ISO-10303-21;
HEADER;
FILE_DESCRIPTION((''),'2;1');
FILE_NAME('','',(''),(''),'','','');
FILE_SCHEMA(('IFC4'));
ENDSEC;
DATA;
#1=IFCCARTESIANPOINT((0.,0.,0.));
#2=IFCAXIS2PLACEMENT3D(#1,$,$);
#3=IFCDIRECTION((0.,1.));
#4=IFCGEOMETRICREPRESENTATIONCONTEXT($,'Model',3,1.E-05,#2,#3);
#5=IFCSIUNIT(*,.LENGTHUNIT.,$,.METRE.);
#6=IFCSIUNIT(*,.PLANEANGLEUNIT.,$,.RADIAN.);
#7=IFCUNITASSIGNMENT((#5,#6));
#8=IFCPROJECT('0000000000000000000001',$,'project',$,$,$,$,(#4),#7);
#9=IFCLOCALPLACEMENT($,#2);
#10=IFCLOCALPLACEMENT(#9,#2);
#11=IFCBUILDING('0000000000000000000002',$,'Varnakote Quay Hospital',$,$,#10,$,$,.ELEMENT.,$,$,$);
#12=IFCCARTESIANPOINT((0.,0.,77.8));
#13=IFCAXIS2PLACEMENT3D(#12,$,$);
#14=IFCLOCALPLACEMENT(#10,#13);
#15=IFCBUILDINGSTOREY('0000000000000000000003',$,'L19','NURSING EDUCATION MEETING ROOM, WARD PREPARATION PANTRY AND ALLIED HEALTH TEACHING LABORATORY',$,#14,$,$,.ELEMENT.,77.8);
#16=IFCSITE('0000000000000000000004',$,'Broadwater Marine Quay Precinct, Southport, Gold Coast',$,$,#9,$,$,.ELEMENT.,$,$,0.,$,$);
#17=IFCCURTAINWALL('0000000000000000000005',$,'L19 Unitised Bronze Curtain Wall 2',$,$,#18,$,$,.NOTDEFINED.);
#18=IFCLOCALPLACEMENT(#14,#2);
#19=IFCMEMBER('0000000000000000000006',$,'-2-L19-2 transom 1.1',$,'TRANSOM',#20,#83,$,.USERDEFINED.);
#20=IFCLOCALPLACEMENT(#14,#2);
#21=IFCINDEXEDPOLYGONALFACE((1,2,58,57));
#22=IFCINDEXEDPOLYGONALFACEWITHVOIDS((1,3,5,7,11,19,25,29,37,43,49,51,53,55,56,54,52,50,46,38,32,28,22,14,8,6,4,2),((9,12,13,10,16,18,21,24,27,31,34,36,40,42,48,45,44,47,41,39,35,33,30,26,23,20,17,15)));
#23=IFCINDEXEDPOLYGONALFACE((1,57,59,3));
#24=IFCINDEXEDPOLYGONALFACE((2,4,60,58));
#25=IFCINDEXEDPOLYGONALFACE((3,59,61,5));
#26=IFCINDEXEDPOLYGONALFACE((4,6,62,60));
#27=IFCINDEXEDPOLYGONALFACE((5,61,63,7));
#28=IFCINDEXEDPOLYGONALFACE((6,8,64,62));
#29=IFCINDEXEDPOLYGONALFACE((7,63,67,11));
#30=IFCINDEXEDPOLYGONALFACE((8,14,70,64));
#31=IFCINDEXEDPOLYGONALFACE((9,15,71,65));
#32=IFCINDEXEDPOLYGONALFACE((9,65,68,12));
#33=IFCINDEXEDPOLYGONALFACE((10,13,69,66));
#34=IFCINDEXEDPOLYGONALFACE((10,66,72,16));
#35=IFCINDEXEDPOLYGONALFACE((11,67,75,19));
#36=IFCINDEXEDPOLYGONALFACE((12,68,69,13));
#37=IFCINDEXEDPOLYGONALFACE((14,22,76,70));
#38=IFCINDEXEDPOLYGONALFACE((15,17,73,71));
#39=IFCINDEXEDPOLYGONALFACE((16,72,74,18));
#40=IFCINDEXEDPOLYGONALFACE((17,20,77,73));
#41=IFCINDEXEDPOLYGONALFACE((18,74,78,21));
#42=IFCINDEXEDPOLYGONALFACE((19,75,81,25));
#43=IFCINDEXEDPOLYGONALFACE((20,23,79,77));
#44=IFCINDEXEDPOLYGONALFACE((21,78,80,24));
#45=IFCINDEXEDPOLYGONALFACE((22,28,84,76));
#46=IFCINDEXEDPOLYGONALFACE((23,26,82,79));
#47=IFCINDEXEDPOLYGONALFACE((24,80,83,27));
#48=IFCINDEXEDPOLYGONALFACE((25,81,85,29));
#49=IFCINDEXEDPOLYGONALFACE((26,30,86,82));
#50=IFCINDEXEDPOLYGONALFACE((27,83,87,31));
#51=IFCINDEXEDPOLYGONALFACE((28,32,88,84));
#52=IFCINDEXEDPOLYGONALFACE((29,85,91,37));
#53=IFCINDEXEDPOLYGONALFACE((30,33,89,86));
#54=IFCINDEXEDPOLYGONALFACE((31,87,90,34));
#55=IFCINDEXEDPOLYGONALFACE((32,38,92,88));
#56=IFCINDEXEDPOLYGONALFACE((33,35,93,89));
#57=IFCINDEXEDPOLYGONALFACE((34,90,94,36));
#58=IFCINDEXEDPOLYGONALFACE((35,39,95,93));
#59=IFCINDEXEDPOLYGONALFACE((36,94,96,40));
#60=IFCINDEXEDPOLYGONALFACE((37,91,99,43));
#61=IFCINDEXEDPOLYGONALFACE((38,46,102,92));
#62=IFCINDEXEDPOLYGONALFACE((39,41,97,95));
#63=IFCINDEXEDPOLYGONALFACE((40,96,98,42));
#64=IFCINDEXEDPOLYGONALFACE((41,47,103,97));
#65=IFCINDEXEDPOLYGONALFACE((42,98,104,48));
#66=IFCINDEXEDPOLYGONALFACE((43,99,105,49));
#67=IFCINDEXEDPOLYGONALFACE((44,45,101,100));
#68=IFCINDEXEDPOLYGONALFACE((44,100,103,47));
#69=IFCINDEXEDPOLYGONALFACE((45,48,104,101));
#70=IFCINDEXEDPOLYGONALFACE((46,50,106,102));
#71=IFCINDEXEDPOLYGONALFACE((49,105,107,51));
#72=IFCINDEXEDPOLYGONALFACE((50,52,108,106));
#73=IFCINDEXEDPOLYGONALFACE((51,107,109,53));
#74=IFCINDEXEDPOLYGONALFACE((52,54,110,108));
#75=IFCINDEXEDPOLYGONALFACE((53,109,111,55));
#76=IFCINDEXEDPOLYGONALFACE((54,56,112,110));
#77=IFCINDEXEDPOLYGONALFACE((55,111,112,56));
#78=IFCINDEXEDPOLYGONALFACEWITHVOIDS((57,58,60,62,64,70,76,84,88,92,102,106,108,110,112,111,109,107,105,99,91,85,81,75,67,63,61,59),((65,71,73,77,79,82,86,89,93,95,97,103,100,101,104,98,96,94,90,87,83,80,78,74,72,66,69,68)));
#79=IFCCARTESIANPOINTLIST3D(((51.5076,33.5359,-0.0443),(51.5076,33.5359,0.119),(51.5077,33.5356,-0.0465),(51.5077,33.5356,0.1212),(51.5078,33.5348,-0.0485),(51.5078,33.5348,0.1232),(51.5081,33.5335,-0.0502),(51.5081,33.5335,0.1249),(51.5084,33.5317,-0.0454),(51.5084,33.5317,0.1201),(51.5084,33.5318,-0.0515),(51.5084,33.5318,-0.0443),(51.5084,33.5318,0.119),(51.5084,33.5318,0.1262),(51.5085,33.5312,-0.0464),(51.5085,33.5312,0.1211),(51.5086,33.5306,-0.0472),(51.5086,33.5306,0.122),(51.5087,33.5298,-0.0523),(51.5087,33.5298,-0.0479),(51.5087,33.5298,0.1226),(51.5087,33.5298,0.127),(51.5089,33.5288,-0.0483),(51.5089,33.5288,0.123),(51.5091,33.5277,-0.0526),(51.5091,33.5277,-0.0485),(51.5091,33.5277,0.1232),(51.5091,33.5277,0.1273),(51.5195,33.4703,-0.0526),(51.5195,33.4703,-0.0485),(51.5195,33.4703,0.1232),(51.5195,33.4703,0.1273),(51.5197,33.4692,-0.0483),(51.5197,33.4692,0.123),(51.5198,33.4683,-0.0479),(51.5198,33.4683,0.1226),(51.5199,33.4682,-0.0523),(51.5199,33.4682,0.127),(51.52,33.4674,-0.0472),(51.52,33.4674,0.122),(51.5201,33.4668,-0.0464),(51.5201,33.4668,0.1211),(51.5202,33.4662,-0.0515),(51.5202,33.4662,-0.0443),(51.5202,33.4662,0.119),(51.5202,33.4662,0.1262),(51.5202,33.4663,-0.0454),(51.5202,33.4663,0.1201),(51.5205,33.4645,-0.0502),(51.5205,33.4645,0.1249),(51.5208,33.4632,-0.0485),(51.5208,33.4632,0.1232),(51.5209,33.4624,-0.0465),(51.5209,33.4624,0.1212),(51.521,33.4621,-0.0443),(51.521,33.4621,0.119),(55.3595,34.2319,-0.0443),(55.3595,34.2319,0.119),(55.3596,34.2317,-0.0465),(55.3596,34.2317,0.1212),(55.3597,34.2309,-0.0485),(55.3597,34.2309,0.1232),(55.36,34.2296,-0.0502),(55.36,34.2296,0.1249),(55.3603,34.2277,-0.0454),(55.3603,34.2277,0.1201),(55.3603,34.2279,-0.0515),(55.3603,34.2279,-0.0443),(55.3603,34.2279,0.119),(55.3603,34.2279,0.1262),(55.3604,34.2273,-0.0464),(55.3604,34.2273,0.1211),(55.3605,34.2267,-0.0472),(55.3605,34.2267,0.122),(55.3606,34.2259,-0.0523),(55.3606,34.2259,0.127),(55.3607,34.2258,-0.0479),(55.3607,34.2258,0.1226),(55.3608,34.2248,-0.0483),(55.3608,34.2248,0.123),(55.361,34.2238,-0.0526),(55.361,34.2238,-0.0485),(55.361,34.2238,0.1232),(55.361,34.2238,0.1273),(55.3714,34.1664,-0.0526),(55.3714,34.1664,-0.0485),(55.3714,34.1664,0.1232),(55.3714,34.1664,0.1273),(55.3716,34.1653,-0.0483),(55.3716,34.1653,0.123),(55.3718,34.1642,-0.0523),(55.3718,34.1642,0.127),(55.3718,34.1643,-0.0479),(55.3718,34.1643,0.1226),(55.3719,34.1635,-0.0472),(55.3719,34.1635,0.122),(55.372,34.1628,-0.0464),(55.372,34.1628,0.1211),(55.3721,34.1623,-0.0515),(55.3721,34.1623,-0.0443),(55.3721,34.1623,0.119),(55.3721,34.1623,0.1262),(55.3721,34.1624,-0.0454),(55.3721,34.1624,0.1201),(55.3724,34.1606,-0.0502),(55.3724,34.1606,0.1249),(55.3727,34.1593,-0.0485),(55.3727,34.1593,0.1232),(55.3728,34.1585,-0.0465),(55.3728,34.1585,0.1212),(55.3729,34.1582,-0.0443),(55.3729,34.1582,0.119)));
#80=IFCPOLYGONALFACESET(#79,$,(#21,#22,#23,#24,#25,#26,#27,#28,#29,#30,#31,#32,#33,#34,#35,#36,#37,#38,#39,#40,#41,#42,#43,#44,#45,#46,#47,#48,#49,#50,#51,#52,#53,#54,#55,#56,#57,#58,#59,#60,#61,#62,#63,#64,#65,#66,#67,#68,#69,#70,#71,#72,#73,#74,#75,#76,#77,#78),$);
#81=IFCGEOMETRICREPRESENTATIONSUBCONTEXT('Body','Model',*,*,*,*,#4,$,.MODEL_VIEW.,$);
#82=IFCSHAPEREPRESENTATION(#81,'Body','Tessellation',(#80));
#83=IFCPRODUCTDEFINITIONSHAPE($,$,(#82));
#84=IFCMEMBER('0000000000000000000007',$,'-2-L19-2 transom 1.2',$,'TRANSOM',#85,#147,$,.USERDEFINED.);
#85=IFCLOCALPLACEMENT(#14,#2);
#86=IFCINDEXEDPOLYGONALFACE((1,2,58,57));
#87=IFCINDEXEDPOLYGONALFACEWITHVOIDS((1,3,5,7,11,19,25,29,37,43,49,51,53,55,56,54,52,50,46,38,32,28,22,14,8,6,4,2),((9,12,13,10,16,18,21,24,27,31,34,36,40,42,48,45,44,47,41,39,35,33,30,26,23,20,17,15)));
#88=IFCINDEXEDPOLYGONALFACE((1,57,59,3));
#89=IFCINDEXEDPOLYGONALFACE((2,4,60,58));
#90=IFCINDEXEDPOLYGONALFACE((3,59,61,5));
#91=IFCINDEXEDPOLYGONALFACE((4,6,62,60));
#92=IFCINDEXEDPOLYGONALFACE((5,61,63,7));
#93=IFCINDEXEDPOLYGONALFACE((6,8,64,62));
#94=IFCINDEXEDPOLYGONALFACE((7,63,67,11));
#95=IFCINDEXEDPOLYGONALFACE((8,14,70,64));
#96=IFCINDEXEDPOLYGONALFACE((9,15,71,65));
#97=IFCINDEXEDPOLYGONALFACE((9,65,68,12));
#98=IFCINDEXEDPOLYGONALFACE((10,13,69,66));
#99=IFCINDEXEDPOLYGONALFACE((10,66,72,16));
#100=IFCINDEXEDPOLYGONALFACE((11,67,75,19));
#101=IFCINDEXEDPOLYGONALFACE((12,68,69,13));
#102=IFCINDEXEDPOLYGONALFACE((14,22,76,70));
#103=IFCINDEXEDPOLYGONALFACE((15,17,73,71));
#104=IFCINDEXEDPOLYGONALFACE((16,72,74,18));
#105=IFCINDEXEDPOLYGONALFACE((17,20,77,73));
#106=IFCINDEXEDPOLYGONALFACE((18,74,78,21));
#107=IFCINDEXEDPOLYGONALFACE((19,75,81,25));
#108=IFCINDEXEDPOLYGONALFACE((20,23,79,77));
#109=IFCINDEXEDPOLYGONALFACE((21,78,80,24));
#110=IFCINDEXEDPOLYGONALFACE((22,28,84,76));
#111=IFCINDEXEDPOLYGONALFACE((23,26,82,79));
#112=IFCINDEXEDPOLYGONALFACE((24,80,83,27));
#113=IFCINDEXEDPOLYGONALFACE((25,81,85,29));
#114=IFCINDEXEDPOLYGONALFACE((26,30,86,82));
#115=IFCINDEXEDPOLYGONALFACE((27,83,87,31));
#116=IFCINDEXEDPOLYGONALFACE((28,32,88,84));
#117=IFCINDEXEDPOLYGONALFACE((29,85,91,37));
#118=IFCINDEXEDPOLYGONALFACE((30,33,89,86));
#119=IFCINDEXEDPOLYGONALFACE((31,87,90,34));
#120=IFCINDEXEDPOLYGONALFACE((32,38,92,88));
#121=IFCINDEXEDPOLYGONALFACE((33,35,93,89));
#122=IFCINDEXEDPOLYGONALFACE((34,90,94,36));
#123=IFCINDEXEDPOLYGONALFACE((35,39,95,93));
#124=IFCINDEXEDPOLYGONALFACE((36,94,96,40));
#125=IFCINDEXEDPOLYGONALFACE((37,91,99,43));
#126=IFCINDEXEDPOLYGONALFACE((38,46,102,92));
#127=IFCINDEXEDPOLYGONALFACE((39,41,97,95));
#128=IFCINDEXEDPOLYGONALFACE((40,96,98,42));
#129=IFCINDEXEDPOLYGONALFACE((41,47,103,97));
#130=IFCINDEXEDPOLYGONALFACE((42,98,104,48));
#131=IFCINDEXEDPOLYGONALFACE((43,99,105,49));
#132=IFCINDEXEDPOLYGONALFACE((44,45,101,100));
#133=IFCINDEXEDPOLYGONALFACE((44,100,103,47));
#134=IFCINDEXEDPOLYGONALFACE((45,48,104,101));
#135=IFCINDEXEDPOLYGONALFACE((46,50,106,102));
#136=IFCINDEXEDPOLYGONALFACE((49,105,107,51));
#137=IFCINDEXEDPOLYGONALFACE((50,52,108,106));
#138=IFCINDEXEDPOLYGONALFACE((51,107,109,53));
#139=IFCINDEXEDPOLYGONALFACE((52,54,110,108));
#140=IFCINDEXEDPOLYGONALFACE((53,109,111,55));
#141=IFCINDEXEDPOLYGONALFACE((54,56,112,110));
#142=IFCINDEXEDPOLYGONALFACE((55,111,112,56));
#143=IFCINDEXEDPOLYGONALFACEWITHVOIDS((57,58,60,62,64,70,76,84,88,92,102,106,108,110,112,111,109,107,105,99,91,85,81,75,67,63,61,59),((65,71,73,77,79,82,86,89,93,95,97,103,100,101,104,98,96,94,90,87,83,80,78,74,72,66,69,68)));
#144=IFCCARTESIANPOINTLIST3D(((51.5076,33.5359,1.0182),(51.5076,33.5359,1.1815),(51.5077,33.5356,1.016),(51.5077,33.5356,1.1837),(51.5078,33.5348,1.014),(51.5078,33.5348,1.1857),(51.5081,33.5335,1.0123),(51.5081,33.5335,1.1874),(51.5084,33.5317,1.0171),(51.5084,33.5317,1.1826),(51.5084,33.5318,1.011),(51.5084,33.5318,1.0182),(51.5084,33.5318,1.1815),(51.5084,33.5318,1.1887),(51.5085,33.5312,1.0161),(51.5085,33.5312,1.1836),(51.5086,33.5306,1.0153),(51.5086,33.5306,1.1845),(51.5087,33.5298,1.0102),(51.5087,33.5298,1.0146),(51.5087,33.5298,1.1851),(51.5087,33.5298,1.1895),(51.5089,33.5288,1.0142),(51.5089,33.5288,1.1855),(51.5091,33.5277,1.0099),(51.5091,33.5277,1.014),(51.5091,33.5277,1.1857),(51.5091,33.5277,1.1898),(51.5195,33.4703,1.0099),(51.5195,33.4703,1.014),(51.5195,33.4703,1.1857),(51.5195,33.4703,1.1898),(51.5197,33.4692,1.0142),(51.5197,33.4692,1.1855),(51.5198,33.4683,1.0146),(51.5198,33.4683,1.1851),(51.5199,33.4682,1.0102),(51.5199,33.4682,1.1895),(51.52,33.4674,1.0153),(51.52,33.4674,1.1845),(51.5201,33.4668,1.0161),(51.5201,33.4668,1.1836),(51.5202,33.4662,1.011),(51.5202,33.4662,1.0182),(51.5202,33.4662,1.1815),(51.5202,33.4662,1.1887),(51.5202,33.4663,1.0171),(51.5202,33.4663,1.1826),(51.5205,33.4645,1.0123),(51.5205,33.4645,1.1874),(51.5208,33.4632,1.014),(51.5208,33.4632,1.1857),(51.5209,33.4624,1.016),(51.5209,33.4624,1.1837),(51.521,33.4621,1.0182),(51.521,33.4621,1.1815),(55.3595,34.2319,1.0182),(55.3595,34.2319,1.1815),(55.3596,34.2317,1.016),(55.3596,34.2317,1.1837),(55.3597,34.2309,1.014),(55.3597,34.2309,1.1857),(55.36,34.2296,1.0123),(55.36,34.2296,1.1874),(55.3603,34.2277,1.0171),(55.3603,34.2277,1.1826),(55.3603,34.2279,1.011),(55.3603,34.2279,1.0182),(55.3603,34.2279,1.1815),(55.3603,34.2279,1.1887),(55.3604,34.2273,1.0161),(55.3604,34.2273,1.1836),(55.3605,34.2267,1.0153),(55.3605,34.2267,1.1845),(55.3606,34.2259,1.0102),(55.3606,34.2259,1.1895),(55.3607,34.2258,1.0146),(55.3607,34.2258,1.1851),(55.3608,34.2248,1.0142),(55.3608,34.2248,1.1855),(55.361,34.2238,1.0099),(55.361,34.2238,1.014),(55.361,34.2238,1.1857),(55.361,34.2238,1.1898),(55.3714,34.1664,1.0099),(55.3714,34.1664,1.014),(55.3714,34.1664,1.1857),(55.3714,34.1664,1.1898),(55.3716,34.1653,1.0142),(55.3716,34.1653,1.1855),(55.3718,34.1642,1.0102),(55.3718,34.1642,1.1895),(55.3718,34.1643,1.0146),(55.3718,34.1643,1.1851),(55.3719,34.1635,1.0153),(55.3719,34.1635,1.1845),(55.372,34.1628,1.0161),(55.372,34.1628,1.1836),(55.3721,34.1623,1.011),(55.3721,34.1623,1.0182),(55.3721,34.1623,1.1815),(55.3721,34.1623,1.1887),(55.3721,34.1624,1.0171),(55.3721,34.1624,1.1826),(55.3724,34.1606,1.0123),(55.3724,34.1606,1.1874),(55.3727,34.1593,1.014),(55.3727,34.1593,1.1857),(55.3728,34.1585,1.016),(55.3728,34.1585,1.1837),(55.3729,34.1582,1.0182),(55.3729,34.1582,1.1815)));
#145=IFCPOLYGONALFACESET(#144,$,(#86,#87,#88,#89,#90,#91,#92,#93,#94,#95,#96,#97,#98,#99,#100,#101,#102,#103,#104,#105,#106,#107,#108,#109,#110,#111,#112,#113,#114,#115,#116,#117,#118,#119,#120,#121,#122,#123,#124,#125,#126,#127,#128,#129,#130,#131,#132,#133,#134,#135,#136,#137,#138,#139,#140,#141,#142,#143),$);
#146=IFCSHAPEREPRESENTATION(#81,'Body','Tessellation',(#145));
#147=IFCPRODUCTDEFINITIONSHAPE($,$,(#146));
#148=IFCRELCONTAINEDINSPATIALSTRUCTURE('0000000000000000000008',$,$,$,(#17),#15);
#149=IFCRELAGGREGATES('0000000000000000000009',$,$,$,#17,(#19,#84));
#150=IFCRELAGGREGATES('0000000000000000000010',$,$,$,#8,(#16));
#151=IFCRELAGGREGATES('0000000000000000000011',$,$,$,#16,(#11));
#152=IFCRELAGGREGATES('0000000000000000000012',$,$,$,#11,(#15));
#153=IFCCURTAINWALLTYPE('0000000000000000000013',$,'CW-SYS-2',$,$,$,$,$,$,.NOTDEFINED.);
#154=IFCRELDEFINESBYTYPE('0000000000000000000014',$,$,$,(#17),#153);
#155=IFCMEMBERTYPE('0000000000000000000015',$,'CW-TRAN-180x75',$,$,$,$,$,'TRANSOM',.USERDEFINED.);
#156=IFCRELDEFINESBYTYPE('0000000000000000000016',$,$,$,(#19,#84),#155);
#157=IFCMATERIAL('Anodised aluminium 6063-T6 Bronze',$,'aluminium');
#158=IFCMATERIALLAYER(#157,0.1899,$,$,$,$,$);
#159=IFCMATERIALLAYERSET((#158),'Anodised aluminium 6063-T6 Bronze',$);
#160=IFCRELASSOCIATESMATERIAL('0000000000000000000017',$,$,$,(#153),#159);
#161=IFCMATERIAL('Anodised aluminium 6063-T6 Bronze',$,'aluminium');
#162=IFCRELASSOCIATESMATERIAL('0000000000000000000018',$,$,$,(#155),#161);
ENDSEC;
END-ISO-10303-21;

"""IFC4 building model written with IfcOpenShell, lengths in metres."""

from ifc_helpers import new_model, si_unit, direction, frame, origin, origin_2d, place, context, subcontext, project, spatial, hollow_rectangle, extrude, material, layer, layer_set, material_profile, profile_set, type_object, element, aggregate, save


model = new_model("IFC4")

# Units and contexts
model_context = context("Model", 3, precision=1e-05, world=origin(), true_north=direction((0.0, 1.0)))
body_context = subcontext(model_context, "Body", "Model", "MODEL_VIEW")
ifc_project = project(units=[si_unit("LENGTHUNIT", "METRE"), si_unit("PLANEANGLEUNIT", "RADIAN")], contexts=[model_context])

# Site, building, storey
site_placement = place(None, origin())
site = spatial("IfcSite", under=ifc_project, at=site_placement, Name="Broadwater Marine Quay Precinct, Southport, Gold Coast", CompositionType="ELEMENT", RefElevation=0.0)
building_placement = place(site_placement, origin())
building = spatial("IfcBuilding", under=site, at=building_placement, Name="Varnakote Quay Hospital", CompositionType="ELEMENT")
storey_placement = place(building_placement, frame((0.0, 0.0, 77.8)))
storey = spatial("IfcBuildingStorey", under=building, at=storey_placement, Name="L19", Description="NURSING EDUCATION MEETING ROOM, WARD PREPARATION PANTRY AND ALLIED HEALTH TEACHING LABORATORY", CompositionType="ELEMENT", Elevation=77.8)

# Shared definitions
ifc_material_1 = material(Name="Anodised aluminium 6063-T6 Bronze", Category="aluminium")
ifc_layer_1 = layer(ifc_material_1, 0.1899)
ifc_layer_set_1 = layer_set([ifc_layer_1], Name="Anodised aluminium 6063-T6 Bronze")
curtain_wall_type = type_object("IfcCurtainWallType", Name="CW-SYS-2", PredefinedType="NOTDEFINED", material=ifc_layer_set_1)

# Curtain wall, members
curtain_wall_1_placement = place(storey_placement, origin())
curtain_wall_1 = element("IfcCurtainWall", 1, at=curtain_wall_1_placement, inside=storey, type_object=curtain_wall_type, Name="L19 Unitised Bronze Curtain Wall 2", PredefinedType="NOTDEFINED")
ifc_material_2 = material(Name="Anodised aluminium 6063-T6 Bronze", Category="aluminium")
ifc_material_profile_1 = material_profile(ifc_material_2, hollow_rectangle(XDim=0.075, YDim=0.1799, WallThickness=0.0042, InnerFilletRadius=0.0042, OuterFilletRadius=0.0083, at=origin_2d()), Name="CW-TRAN-180x75")
ifc_profile_set_1 = profile_set([ifc_material_profile_1], Name="Anodised aluminium 6063-T6 Bronze")
member_type_1 = type_object("IfcMemberType", Name="CW-TRAN-180x75", ElementType="TRANSOM", PredefinedType="USERDEFINED", material=ifc_profile_set_1)
member_1_placement = place(storey_placement, frame((55.3662, 34.1951, 0.0374), z_axis=(-0.984062, -0.177826, 0.0), x_axis=(0.177826, -0.984062, 0.0)))
member_1 = element("IfcMember", 2, at=member_1_placement, type_object=member_type_1, Name="-2-L19-2 transom 1.1", ObjectType="TRANSOM", PredefinedType="USERDEFINED", context=body_context, shape_type="SweptSolid", body=[
    extrude(hollow_rectangle(XDim=0.075, YDim=0.1799, WallThickness=0.0042, InnerFilletRadius=0.0042, OuterFilletRadius=0.0083, at=origin_2d()), origin(), (0.0, 0.0, 1.0), 3.9143),
])
member_2_placement = place(storey_placement, frame((55.3662, 34.1951, 1.0999), z_axis=(-0.984062, -0.177826, 0.0), x_axis=(0.177826, -0.984062, 0.0)))
member_2 = element("IfcMember", 3, at=member_2_placement, type_object=member_type_1, Name="-2-L19-2 transom 1.2", ObjectType="TRANSOM", PredefinedType="USERDEFINED", context=body_context, shape_type="SweptSolid", body=[
    extrude(hollow_rectangle(XDim=0.075, YDim=0.1799, WallThickness=0.0042, InnerFilletRadius=0.0042, OuterFilletRadius=0.0083, at=origin_2d()), origin(), (0.0, 0.0, 1.0), 3.9143),
])
aggregate(curtain_wall_1, [member_1, member_2])

save(model, "model.ifc")
